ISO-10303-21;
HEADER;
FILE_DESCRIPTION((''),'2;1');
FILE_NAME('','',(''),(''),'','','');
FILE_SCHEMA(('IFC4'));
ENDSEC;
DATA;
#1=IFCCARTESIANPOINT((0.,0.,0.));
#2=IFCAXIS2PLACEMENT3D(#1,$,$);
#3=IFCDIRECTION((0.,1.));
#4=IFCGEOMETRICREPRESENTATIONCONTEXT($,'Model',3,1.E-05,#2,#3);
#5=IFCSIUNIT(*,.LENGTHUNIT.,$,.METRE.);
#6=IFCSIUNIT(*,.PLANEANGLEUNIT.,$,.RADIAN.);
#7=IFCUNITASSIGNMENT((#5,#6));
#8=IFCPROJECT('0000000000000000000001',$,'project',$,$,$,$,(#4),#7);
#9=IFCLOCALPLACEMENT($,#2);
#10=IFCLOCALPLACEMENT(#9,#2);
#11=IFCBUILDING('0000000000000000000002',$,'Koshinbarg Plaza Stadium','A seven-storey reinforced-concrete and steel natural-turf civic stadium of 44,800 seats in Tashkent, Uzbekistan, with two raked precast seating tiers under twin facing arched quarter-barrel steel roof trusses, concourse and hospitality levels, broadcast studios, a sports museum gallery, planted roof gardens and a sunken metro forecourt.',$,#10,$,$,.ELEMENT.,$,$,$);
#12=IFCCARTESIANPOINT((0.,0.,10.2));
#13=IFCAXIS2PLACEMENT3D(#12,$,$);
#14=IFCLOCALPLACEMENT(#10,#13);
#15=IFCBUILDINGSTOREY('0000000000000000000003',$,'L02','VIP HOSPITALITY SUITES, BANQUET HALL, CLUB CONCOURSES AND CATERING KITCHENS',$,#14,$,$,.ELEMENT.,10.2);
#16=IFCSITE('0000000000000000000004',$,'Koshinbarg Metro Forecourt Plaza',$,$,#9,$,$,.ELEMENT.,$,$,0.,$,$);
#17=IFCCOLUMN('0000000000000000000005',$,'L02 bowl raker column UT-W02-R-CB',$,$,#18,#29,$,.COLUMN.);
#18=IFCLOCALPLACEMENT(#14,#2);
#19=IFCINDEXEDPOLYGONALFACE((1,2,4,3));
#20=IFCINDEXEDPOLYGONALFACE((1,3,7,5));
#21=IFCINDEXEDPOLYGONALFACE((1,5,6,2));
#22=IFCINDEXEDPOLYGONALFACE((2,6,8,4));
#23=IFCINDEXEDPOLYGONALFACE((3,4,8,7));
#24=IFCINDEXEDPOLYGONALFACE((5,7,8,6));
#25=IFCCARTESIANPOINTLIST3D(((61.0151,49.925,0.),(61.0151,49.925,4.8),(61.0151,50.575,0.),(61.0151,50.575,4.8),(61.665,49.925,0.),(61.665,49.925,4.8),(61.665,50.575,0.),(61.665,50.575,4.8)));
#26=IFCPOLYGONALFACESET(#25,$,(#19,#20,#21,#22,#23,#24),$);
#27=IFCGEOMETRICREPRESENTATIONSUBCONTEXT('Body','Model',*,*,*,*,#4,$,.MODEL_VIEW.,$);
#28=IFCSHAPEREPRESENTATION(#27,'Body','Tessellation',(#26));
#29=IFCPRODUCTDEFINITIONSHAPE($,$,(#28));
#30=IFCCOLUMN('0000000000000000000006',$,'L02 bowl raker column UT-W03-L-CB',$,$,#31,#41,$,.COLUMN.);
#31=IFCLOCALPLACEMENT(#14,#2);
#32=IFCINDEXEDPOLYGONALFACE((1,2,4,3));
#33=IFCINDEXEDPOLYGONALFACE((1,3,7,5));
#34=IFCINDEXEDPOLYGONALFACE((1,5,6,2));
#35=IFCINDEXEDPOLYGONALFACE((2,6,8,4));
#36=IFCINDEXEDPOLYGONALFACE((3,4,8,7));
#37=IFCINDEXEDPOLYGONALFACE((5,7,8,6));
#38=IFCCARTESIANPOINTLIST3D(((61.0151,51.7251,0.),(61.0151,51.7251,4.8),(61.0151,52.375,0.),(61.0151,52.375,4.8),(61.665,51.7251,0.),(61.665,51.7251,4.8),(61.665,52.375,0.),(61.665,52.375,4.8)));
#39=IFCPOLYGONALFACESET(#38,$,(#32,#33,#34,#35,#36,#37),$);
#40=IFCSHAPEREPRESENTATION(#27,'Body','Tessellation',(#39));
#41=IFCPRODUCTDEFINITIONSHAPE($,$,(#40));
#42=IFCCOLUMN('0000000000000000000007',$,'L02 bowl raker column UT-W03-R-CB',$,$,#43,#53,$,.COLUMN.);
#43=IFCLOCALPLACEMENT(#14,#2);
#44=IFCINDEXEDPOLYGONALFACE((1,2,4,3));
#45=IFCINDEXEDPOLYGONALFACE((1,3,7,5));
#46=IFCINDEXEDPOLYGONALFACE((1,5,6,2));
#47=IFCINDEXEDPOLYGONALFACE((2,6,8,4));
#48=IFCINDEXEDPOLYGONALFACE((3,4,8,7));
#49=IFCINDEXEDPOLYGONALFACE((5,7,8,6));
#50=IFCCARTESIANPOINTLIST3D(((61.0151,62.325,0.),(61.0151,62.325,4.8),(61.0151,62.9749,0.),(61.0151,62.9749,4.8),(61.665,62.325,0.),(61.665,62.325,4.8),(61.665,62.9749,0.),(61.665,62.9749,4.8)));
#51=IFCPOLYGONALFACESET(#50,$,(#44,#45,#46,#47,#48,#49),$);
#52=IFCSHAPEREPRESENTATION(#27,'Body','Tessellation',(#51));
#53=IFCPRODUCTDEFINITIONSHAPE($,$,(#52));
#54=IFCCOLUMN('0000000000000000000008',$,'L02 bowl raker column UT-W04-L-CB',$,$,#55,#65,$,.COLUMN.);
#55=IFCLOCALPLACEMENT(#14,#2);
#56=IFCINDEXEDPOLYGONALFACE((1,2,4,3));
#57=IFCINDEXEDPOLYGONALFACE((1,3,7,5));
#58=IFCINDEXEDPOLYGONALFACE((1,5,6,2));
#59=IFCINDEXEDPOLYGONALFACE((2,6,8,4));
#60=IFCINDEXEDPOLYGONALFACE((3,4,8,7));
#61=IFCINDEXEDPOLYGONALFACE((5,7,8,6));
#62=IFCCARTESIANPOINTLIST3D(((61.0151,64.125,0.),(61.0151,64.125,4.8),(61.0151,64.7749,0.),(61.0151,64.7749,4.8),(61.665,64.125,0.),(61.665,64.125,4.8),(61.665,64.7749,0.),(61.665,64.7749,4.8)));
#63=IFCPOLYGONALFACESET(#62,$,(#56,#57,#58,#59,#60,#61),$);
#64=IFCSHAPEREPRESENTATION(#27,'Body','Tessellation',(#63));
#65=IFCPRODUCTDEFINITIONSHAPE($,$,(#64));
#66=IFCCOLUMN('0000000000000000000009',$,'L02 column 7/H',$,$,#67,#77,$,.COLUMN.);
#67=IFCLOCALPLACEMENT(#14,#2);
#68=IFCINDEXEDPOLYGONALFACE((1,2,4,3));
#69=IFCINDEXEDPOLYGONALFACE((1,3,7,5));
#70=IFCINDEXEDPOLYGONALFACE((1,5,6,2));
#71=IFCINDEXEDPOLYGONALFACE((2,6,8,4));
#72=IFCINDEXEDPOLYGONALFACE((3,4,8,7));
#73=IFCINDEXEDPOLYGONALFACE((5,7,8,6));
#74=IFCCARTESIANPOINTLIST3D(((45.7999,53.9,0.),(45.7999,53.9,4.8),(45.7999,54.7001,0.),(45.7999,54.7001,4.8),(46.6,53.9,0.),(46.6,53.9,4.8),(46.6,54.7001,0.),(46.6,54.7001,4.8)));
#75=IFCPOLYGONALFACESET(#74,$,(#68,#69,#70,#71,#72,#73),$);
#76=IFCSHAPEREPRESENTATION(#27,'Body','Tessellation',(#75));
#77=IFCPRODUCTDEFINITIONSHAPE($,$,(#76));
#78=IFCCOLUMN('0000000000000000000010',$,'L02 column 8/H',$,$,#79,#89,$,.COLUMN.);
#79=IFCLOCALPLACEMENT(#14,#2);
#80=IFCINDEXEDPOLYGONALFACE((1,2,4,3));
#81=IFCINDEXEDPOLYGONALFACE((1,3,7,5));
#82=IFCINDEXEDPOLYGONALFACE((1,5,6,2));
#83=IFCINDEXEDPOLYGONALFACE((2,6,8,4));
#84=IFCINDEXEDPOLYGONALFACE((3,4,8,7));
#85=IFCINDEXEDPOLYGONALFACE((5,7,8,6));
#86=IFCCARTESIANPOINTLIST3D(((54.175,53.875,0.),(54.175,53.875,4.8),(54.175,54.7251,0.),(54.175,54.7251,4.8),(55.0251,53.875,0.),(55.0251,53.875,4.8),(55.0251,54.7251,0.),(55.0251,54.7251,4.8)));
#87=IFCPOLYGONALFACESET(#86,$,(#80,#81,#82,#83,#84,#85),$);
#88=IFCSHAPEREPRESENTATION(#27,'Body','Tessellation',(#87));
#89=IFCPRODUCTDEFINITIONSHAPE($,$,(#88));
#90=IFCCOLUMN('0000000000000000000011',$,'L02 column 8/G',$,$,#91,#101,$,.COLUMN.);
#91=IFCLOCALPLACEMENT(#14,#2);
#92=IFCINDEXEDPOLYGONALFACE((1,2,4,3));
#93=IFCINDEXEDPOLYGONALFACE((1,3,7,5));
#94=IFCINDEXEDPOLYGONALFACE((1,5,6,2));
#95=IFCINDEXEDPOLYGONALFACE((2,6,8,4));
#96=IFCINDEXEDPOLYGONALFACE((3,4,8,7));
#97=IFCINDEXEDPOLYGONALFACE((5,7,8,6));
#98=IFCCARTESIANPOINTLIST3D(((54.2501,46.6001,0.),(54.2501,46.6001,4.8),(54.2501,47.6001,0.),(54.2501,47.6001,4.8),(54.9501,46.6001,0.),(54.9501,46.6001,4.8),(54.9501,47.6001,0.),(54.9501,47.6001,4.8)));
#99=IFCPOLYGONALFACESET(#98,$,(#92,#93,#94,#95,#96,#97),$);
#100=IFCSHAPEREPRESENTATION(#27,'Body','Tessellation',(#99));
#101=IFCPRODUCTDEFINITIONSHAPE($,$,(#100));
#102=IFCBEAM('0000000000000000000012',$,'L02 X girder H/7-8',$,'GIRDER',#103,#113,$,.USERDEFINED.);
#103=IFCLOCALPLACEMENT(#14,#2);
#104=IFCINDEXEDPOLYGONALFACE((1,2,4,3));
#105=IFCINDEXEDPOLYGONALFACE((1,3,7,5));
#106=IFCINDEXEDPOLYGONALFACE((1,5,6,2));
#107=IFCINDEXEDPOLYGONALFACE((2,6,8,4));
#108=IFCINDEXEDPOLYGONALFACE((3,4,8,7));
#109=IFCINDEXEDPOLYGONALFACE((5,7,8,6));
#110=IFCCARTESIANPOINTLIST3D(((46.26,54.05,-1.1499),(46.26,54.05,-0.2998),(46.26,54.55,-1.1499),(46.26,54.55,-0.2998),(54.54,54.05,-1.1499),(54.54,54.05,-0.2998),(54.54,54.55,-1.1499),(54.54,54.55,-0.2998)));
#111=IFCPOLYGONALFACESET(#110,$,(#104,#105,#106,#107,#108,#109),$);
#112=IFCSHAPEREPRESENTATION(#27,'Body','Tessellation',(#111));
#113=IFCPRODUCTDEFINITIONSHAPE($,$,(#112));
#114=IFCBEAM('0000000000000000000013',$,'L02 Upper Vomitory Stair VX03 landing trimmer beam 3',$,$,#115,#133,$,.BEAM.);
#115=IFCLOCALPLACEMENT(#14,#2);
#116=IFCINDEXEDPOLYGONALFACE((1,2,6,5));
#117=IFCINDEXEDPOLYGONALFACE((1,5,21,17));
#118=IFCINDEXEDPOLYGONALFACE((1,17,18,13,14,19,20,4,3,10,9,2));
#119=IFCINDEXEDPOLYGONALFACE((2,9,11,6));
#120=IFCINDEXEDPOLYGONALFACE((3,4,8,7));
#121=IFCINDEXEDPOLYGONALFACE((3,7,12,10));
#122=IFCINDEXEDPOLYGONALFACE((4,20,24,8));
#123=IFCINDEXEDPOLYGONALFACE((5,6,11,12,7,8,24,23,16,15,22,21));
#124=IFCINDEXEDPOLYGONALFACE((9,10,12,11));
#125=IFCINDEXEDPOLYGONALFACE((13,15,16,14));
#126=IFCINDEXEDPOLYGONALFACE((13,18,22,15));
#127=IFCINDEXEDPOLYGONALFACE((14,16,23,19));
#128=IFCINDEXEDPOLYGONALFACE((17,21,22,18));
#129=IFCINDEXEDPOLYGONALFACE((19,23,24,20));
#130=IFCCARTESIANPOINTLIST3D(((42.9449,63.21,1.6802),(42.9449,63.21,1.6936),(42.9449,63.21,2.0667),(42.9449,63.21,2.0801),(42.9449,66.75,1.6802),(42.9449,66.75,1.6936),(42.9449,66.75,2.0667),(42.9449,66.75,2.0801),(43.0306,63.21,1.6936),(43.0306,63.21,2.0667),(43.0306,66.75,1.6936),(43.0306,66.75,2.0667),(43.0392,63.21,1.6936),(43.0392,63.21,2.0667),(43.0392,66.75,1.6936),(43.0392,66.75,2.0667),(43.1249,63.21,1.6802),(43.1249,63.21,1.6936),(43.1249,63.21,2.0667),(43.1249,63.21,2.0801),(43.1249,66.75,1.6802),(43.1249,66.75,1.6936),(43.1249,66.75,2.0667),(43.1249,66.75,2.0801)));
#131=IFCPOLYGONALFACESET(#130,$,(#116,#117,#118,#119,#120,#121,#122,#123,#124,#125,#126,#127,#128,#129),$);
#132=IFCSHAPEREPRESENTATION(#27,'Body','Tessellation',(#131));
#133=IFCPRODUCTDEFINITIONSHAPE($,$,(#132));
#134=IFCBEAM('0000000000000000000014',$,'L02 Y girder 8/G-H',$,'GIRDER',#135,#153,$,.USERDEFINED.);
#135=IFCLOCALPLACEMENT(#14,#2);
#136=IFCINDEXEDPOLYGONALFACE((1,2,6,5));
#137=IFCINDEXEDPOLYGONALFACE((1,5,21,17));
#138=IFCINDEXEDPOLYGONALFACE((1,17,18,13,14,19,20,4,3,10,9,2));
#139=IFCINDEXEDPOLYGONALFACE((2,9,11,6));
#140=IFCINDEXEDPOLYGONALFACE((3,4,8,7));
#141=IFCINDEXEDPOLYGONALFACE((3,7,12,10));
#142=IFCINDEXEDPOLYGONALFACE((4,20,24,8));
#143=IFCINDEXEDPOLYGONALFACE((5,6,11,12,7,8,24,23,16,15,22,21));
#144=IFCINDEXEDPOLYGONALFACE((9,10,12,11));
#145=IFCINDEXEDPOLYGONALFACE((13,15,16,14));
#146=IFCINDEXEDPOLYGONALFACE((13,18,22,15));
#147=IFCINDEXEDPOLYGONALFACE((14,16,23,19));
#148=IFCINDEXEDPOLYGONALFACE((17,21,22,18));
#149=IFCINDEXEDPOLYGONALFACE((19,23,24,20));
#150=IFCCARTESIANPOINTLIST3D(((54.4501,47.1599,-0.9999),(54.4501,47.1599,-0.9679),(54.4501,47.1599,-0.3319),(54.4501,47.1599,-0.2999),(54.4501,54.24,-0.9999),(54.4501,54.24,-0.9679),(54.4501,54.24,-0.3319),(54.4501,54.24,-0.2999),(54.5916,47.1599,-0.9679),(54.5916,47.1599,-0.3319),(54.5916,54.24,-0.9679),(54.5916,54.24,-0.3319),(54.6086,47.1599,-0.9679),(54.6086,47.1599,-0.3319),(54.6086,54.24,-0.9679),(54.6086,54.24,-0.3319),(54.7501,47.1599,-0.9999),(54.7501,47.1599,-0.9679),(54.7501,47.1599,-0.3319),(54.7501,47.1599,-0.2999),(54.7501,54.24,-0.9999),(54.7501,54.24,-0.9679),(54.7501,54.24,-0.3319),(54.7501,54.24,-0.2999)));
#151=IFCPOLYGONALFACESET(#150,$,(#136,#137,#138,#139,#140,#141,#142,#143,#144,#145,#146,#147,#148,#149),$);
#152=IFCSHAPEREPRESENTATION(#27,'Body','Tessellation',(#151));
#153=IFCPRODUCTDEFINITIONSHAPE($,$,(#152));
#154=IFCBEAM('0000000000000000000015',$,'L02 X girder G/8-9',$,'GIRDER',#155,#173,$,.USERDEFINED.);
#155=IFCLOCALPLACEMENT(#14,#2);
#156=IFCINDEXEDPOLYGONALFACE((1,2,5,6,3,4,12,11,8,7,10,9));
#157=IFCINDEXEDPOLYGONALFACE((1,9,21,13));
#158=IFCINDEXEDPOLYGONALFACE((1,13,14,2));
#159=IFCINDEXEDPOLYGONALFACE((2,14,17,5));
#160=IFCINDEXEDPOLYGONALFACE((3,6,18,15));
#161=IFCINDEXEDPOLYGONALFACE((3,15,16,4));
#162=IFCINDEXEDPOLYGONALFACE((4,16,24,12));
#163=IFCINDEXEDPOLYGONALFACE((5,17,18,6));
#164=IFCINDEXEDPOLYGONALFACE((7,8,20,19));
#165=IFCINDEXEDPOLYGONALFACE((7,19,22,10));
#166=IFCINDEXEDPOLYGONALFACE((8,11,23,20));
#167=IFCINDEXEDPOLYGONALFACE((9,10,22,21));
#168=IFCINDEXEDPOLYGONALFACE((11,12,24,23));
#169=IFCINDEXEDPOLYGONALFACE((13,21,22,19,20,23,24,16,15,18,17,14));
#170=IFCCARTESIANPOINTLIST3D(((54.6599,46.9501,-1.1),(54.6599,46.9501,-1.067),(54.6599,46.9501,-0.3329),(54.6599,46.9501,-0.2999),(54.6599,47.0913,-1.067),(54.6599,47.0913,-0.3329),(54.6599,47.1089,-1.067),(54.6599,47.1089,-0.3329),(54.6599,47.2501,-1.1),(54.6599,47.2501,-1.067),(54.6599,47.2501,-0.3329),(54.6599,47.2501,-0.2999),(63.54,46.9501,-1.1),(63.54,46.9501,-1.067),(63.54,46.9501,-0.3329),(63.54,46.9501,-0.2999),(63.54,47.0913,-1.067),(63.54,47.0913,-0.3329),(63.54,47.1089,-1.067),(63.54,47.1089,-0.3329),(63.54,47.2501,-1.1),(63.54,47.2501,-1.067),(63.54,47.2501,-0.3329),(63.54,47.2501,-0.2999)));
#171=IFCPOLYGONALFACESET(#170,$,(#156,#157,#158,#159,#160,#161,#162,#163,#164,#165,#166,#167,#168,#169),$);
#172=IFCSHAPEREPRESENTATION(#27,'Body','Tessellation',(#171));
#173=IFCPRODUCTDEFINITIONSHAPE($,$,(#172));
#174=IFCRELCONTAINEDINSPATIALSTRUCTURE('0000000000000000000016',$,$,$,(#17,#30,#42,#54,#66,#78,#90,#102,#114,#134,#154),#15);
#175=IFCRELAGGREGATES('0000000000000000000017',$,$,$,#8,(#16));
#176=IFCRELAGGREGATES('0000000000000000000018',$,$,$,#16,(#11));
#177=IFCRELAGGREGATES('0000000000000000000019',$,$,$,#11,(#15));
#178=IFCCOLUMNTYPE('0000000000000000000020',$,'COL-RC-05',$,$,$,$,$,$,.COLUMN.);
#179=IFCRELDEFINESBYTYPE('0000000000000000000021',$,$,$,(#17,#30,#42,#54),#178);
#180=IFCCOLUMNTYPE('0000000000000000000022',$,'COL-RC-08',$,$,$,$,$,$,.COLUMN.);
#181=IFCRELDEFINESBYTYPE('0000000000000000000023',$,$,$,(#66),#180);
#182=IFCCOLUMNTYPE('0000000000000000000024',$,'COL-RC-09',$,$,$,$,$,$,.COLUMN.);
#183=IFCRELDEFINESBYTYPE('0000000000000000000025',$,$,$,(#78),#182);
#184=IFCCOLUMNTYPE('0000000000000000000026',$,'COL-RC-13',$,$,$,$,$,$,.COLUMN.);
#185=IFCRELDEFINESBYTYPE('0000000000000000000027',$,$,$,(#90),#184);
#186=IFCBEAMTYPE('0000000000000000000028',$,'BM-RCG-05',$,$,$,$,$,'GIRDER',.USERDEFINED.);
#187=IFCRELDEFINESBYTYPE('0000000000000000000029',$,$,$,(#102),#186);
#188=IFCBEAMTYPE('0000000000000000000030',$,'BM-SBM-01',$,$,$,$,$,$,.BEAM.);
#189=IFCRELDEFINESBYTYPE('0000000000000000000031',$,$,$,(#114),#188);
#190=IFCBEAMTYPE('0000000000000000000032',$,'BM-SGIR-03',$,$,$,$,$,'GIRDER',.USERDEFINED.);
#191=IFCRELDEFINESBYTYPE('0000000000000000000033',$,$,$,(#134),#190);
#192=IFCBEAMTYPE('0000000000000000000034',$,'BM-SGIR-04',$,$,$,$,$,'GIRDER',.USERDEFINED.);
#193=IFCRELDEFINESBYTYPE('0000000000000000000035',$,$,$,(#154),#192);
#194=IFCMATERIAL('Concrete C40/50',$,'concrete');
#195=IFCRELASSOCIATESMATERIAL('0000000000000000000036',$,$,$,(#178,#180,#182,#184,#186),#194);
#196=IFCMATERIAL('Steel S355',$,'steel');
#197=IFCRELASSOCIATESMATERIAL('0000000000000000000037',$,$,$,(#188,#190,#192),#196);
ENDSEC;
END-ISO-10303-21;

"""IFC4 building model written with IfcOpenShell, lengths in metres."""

from ifc_helpers import new_model, si_unit, direction, frame, origin, origin_2d, place, context, subcontext, project, spatial, rectangle, i_section, extrude, material, material_profile, profile_set, type_object, element, save


model = new_model("IFC4")

# Units and contexts
model_context = context("Model", 3, precision=1e-05, world=origin(), true_north=direction((0.0, 1.0)))
body_context = subcontext(model_context, "Body", "Model", "MODEL_VIEW")
ifc_project = project(units=[si_unit("LENGTHUNIT", "METRE"), si_unit("PLANEANGLEUNIT", "RADIAN")], contexts=[model_context])

# Site, building, storey
site_placement = place(None, origin())
site = spatial("IfcSite", under=ifc_project, at=site_placement, Name="Koshinbarg Metro Forecourt Plaza", CompositionType="ELEMENT", RefElevation=0.0)
building_placement = place(site_placement, origin())
building = spatial("IfcBuilding", under=site, at=building_placement, Name="Koshinbarg Plaza Stadium", Description="A seven-storey reinforced-concrete and steel natural-turf civic stadium of 44,800 seats in Tashkent, Uzbekistan, with two raked precast seating tiers under twin facing arched quarter-barrel steel roof trusses, concourse and hospitality levels, broadcast studios, a sports museum gallery, planted roof gardens and a sunken metro forecourt.", CompositionType="ELEMENT")
storey_placement = place(building_placement, frame((0.0, 0.0, 10.2)))
storey = spatial("IfcBuildingStorey", under=building, at=storey_placement, Name="L02", Description="VIP HOSPITALITY SUITES, BANQUET HALL, CLUB CONCOURSES AND CATERING KITCHENS", CompositionType="ELEMENT", Elevation=10.2)

# Columns
ifc_material_1 = material(Name="Concrete C40/50", Category="concrete")
ifc_material_profile_1 = material_profile(ifc_material_1, rectangle(XDim=0.6499, YDim=0.6499, at=origin_2d()), Name="RC 650x650")
ifc_profile_set_1 = profile_set([ifc_material_profile_1], Name="Concrete C40/50")
column_type_1 = type_object("IfcColumnType", Name="COL-RC-05", PredefinedType="COLUMN", material=ifc_profile_set_1)
for number, where, z_axis, x_axis, name in (
    (1, (61.3401, 50.25, 0.0), (0.0, 0.0, 1.0), (1.0, 0.0, 0.0), "L02 bowl raker column UT-W02-R-CB"),
    (2, (61.3401, 52.05, 0.0), (0.0, 0.0, 1.0), (1.0, 0.0, 0.0), "L02 bowl raker column UT-W03-L-CB"),
    (3, (61.3401, 62.6499, 0.0), (0.0, 0.0, 1.0), (1.0, 0.0, 0.0), "L02 bowl raker column UT-W03-R-CB"),
    (4, (61.3401, 64.45, 0.0), (0.0, 0.0, 1.0), (1.0, 0.0, 0.0), "L02 bowl raker column UT-W04-L-CB"),
):
    element("IfcColumn", number, at=place(storey_placement, frame(where, z_axis=z_axis, x_axis=x_axis)), inside=storey, type_object=column_type_1, Name=name, PredefinedType="COLUMN", context=body_context, shape_type="SweptSolid", body=[
        extrude(rectangle(XDim=0.6499, YDim=0.6499, at=origin_2d()), origin(), (0.0, 0.0, 1.0), 4.8),
    ])
ifc_material_profile_2 = material_profile(ifc_material_1, rectangle(XDim=0.8, YDim=0.8, at=origin_2d()), Name="RC 800x800")
ifc_profile_set_2 = profile_set([ifc_material_profile_2], Name="Concrete C40/50")
column_type_2 = type_object("IfcColumnType", Name="COL-RC-08", PredefinedType="COLUMN", material=ifc_profile_set_2)
column_1_placement = place(storey_placement, frame((46.2, 54.3, 0.0), z_axis=(0.0, 0.0, 1.0), x_axis=(1.0, 0.0, 0.0)))
element("IfcColumn", 5, at=column_1_placement, inside=storey, type_object=column_type_2, Name="L02 column 7/H", PredefinedType="COLUMN", context=body_context, shape_type="SweptSolid", body=[
    extrude(rectangle(XDim=0.8, YDim=0.8, at=origin_2d()), origin(), (0.0, 0.0, 1.0), 4.8),
])
ifc_material_profile_3 = material_profile(ifc_material_1, rectangle(XDim=0.8501, YDim=0.8501, at=origin_2d()), Name="RC 850x850")
ifc_profile_set_3 = profile_set([ifc_material_profile_3], Name="Concrete C40/50")
column_type_3 = type_object("IfcColumnType", Name="COL-RC-09", PredefinedType="COLUMN", material=ifc_profile_set_3)
column_2_placement = place(storey_placement, frame((54.6001, 54.3, 0.0), z_axis=(0.0, 0.0, 1.0), x_axis=(1.0, 0.0, 0.0)))
element("IfcColumn", 6, at=column_2_placement, inside=storey, type_object=column_type_3, Name="L02 column 8/H", PredefinedType="COLUMN", context=body_context, shape_type="SweptSolid", body=[
    extrude(rectangle(XDim=0.8501, YDim=0.8501, at=origin_2d()), origin(), (0.0, 0.0, 1.0), 4.8),
])
ifc_material_profile_4 = material_profile(ifc_material_1, rectangle(XDim=0.7, YDim=1.0, at=origin_2d()), Name="RC 700x1000")
ifc_profile_set_4 = profile_set([ifc_material_profile_4], Name="Concrete C40/50")
column_type_4 = type_object("IfcColumnType", Name="COL-RC-13", PredefinedType="COLUMN", material=ifc_profile_set_4)
column_3_placement = place(storey_placement, frame((54.6001, 47.1001, 0.0), z_axis=(0.0, 0.0, 1.0), x_axis=(1.0, 0.0, 0.0)))
element("IfcColumn", 7, at=column_3_placement, inside=storey, type_object=column_type_4, Name="L02 column 8/G", PredefinedType="COLUMN", context=body_context, shape_type="SweptSolid", body=[
    extrude(rectangle(XDim=0.7, YDim=1.0, at=origin_2d()), origin(), (0.0, 0.0, 1.0), 4.8),
])

# Beams
ifc_material_profile_5 = material_profile(ifc_material_1, rectangle(XDim=0.5, YDim=0.8501, at=origin_2d()), Name="RC 500x850")
ifc_profile_set_5 = profile_set([ifc_material_profile_5], Name="Concrete C40/50")
beam_type_1 = type_object("IfcBeamType", Name="BM-RCG-05", ElementType="GIRDER", PredefinedType="USERDEFINED", material=ifc_profile_set_5)
beam_1_placement = place(storey_placement, frame((46.26, 54.3, -0.7249), z_axis=(1.0, 0.0, 0.0), x_axis=(0.0, 1.0, 0.0)))
element("IfcBeam", 8, at=beam_1_placement, inside=storey, type_object=beam_type_1, Name="L02 X girder H/7-8", ObjectType="GIRDER", PredefinedType="USERDEFINED", context=body_context, shape_type="SweptSolid", body=[
    extrude(rectangle(XDim=0.5, YDim=0.8501, at=origin_2d()), origin(), (0.0, 0.0, 1.0), 8.28),
])
ifc_material_2 = material(Name="Steel S355", Category="steel")
ifc_material_profile_6 = material_profile(ifc_material_2, i_section(OverallWidth=0.1799, OverallDepth=0.3999, WebThickness=0.0085, FlangeThickness=0.0134, at=origin_2d()), Name="IPE 400")
ifc_profile_set_6 = profile_set([ifc_material_profile_6], Name="Steel S355")
beam_type_2 = type_object("IfcBeamType", Name="BM-SBM-01", PredefinedType="BEAM", material=ifc_profile_set_6)
beam_2_placement = place(storey_placement, frame((43.0349, 63.21, 1.8801), z_axis=(0.0, 1.0, 0.0), x_axis=(-1.0, 0.0, 0.0)))
element("IfcBeam", 9, at=beam_2_placement, inside=storey, type_object=beam_type_2, Name="L02 Upper Vomitory Stair VX03 landing trimmer beam 3", PredefinedType="BEAM", context=body_context, shape_type="SweptSolid", body=[
    extrude(i_section(OverallWidth=0.1799, OverallDepth=0.3999, WebThickness=0.0085, FlangeThickness=0.0134, at=origin_2d()), origin(), (0.0, 0.0, 1.0), 3.54),
])
ifc_material_profile_7 = material_profile(ifc_material_2, i_section(OverallWidth=0.3, OverallDepth=0.7, WebThickness=0.0171, FlangeThickness=0.032, at=origin_2d()), Name="HEB 700")
ifc_profile_set_7 = profile_set([ifc_material_profile_7], Name="Steel S355")
beam_type_3 = type_object("IfcBeamType", Name="BM-SGIR-03", ElementType="GIRDER", PredefinedType="USERDEFINED", material=ifc_profile_set_7)
beam_3_placement = place(storey_placement, frame((54.6001, 47.1599, -0.6499), z_axis=(0.0, 1.0, 0.0), x_axis=(-1.0, 0.0, 0.0)))
element("IfcBeam", 10, at=beam_3_placement, inside=storey, type_object=beam_type_3, Name="L02 Y girder 8/G-H", ObjectType="GIRDER", PredefinedType="USERDEFINED", context=body_context, shape_type="SweptSolid", body=[
    extrude(i_section(OverallWidth=0.3, OverallDepth=0.7, WebThickness=0.0171, FlangeThickness=0.032, at=origin_2d()), origin(), (0.0, 0.0, 1.0), 7.0801),
])
ifc_material_profile_8 = material_profile(ifc_material_2, i_section(OverallWidth=0.3, OverallDepth=0.8, WebThickness=0.0176, FlangeThickness=0.033, at=origin_2d()), Name="HEB 800")
ifc_profile_set_8 = profile_set([ifc_material_profile_8], Name="Steel S355")
beam_type_4 = type_object("IfcBeamType", Name="BM-SGIR-04", ElementType="GIRDER", PredefinedType="USERDEFINED", material=ifc_profile_set_8)
for number, where, z_axis, x_axis, name in (
    (11, (54.6599, 47.1001, -0.7), (1.0, 0.0, 0.0), (0.0, 1.0, 0.0), "L02 X girder G/8-9"),
):
    element("IfcBeam", number, at=place(storey_placement, frame(where, z_axis=z_axis, x_axis=x_axis)), inside=storey, type_object=beam_type_4, Name=name, ObjectType="GIRDER", PredefinedType="USERDEFINED", context=body_context, shape_type="SweptSolid", body=[
        extrude(i_section(OverallWidth=0.3, OverallDepth=0.8, WebThickness=0.0176, FlangeThickness=0.033, at=origin_2d()), origin(), (0.0, 0.0, 1.0), 8.8801),
    ])

save(model, "model.ifc")
